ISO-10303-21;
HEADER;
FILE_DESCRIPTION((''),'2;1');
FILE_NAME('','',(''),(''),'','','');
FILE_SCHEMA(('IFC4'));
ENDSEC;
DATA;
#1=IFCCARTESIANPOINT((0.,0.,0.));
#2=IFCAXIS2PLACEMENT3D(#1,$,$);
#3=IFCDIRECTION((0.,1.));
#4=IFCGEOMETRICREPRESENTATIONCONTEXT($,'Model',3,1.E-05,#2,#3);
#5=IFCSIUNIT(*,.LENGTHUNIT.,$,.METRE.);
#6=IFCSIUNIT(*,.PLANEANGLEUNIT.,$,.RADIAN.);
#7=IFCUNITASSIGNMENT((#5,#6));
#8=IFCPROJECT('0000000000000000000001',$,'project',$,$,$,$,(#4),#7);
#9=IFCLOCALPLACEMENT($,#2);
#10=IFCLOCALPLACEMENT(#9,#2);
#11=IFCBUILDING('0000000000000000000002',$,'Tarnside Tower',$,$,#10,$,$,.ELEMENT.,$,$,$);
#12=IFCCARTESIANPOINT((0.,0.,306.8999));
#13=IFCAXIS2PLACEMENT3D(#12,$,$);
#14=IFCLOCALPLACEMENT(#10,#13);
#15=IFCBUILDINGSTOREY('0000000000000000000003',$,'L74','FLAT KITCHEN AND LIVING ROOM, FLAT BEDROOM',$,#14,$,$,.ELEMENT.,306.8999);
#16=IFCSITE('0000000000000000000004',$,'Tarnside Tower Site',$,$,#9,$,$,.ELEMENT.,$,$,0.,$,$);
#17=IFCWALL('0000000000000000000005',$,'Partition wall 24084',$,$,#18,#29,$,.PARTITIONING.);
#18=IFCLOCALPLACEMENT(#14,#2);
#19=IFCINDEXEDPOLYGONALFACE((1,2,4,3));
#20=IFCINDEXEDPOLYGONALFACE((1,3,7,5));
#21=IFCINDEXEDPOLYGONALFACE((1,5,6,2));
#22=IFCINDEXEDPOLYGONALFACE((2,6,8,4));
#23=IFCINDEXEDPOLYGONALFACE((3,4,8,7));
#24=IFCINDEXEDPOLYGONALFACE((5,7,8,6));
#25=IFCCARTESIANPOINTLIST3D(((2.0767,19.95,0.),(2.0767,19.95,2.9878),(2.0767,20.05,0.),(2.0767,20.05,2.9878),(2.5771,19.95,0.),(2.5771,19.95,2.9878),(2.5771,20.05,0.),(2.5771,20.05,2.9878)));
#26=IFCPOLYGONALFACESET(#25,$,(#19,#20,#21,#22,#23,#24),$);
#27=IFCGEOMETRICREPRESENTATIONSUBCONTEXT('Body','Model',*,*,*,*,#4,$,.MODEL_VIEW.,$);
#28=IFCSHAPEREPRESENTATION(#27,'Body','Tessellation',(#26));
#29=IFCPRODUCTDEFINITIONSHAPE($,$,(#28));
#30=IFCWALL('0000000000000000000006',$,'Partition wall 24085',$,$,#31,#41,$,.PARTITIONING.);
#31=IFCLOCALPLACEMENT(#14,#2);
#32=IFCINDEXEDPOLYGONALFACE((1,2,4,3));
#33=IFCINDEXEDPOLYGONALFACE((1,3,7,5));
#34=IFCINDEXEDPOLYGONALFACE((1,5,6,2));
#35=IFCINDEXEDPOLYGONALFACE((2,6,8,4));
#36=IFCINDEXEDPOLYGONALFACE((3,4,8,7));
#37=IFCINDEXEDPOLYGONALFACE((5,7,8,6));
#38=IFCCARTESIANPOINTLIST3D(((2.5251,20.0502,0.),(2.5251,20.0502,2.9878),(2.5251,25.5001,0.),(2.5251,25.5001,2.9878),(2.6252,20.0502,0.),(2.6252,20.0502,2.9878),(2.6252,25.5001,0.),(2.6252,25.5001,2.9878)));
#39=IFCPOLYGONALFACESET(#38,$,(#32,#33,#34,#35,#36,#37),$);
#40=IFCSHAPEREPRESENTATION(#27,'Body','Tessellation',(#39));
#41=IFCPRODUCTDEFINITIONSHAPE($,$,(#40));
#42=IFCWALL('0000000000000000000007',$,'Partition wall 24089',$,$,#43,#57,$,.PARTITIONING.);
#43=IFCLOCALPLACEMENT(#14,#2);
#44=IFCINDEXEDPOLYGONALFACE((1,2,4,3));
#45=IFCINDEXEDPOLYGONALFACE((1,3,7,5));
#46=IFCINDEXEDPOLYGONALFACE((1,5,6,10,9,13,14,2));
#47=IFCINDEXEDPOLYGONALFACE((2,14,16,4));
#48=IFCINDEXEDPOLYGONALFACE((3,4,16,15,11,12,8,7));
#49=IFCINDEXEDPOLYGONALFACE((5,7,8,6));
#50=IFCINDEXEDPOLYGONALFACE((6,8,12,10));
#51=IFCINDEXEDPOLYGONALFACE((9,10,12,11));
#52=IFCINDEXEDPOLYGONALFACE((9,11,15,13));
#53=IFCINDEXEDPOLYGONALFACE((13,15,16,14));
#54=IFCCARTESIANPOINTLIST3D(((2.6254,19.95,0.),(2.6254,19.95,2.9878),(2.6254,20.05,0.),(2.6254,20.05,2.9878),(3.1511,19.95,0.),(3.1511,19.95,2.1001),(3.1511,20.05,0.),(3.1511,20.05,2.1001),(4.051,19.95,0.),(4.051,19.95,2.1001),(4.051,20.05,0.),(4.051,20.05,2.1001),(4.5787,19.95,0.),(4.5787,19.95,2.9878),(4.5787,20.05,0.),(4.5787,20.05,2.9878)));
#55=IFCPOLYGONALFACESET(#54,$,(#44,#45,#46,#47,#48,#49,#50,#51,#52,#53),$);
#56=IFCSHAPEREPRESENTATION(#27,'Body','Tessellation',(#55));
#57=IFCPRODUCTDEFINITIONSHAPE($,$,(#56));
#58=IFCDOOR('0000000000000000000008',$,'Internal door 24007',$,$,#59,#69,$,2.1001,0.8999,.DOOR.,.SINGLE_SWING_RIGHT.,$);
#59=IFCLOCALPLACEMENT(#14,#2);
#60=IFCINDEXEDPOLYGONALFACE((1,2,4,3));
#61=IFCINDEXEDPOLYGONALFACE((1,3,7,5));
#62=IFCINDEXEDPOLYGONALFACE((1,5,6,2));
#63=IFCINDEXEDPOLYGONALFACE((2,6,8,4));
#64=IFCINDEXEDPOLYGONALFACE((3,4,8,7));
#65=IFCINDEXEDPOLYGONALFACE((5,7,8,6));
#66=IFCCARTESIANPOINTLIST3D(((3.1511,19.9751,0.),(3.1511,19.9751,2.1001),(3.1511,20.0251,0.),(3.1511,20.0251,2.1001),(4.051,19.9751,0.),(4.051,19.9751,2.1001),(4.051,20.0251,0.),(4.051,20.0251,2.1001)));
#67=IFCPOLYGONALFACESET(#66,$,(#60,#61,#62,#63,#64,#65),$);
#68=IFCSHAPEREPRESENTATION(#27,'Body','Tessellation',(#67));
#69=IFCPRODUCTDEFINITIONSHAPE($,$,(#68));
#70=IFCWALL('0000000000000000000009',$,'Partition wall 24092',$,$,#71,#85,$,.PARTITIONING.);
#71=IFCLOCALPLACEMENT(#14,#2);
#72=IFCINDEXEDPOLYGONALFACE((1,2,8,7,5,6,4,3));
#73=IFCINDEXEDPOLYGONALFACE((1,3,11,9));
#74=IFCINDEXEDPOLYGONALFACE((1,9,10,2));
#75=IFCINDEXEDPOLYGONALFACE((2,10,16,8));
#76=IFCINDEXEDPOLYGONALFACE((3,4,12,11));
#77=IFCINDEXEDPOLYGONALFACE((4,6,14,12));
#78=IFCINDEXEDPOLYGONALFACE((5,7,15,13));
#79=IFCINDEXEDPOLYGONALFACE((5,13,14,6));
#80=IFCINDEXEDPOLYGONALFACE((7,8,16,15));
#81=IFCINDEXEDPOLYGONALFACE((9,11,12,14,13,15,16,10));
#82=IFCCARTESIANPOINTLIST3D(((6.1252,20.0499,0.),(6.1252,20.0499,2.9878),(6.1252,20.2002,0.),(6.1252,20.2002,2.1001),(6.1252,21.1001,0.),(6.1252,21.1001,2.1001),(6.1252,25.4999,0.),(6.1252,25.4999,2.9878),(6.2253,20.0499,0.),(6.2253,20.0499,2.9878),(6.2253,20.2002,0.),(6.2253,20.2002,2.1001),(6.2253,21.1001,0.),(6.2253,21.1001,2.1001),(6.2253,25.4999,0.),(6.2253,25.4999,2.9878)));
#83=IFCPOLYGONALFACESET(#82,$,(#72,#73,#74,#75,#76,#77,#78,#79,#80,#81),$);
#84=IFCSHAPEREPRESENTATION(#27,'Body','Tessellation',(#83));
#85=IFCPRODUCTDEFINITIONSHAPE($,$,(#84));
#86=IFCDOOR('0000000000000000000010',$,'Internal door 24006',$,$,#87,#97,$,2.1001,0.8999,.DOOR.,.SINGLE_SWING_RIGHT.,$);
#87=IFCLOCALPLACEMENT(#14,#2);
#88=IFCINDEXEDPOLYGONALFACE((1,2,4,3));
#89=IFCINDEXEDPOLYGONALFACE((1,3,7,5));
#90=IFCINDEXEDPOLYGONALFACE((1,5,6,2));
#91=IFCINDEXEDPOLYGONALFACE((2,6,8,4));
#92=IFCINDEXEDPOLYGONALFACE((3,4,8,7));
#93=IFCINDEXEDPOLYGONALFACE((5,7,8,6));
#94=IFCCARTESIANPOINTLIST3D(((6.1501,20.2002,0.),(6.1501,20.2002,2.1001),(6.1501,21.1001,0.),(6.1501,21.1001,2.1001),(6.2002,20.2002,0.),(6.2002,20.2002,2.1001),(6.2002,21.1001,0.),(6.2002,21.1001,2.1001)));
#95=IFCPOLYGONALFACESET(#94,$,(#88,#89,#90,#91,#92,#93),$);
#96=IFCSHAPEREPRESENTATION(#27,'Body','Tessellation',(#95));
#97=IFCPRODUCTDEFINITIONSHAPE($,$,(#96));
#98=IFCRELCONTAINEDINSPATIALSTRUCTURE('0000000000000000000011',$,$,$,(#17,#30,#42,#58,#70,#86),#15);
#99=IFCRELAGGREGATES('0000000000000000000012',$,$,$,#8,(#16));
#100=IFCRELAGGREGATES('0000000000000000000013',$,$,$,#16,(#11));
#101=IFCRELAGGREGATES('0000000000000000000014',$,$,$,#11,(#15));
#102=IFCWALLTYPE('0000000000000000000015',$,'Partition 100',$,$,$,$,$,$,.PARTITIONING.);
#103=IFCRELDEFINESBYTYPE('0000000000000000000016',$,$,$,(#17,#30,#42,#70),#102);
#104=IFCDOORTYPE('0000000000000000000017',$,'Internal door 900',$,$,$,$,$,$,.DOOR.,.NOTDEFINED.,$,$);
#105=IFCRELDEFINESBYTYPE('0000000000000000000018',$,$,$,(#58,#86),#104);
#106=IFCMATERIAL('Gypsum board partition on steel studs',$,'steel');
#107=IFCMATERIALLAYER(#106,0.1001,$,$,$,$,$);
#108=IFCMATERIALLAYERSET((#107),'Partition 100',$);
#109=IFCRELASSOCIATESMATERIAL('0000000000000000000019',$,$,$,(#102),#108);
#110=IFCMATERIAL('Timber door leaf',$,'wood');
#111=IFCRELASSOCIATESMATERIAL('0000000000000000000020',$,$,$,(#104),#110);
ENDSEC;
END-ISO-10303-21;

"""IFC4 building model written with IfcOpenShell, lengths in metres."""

from ifc_helpers import new_model, si_unit, direction, frame, frame_2d, origin, place, context, subcontext, project, spatial, rectangle, extrude, material, layer, layer_set, type_object, element, fill, save


model = new_model("IFC4")

# Units and contexts
model_context = context("Model", 3, precision=1e-05, world=origin(), true_north=direction((0.0, 1.0)))
body_context = subcontext(model_context, "Body", "Model", "MODEL_VIEW")
ifc_project = project(units=[si_unit("LENGTHUNIT", "METRE"), si_unit("PLANEANGLEUNIT", "RADIAN")], contexts=[model_context])

# Site, building, storey
site_placement = place(None, origin())
site = spatial("IfcSite", under=ifc_project, at=site_placement, Name="Tarnside Tower Site", CompositionType="ELEMENT", RefElevation=0.0)
building_placement = place(site_placement, origin())
building = spatial("IfcBuilding", under=site, at=building_placement, Name="Tarnside Tower", CompositionType="ELEMENT")
storey_placement = place(building_placement, frame((0.0, 0.0, 306.8999)))
storey = spatial("IfcBuildingStorey", under=building, at=storey_placement, Name="L74", Description="FLAT KITCHEN AND LIVING ROOM, FLAT BEDROOM", CompositionType="ELEMENT", Elevation=306.8999)

# Shared definitions
ifc_material_1 = material(Name="Gypsum board partition on steel studs", Category="steel")
ifc_material_2 = material(Name="Timber door leaf", Category="wood")

# Shared definitions
ifc_layer_1 = layer(ifc_material_1, 0.1001)
ifc_layer_set_1 = layer_set([ifc_layer_1], Name="Partition 100")
wall_type_1 = type_object("IfcWallType", Name="Partition 100", PredefinedType="PARTITIONING", material=ifc_layer_set_1)
door_type_1 = type_object("IfcDoorType", Name="Internal door 900", OperationType="NOTDEFINED", PredefinedType="DOOR", material=ifc_material_2)

# Walls
wall_1_placement = place(storey_placement, frame((2.0767, 20.0, 0.0), z_axis=(0.0, 0.0, 1.0), x_axis=(1.0, 0.0, 0.0)))
element("IfcWall", 1, at=wall_1_placement, inside=storey, type_object=wall_type_1, Name="Partition wall 24084", PredefinedType="PARTITIONING", context=body_context, shape_type="SweptSolid", body=[
    extrude(rectangle(XDim=0.5005, YDim=0.1001, at=frame_2d((0.2502, 0.0))), origin(), (0.0, 0.0, 1.0), 2.9878),
])
wall_2_placement = place(storey_placement, frame((2.5752, 20.05, 0.0), z_axis=(0.0, 0.0, 1.0), x_axis=(0.0, 1.0, 0.0)))
element("IfcWall", 2, at=wall_2_placement, inside=storey, type_object=wall_type_1, Name="Partition wall 24085", PredefinedType="PARTITIONING", context=body_context, shape_type="SweptSolid", body=[
    extrude(rectangle(XDim=5.45, YDim=0.1001, at=frame_2d((2.7251, 0.0))), origin(), (0.0, 0.0, 1.0), 2.9878),
])

# Walls, openings, doors
wall_3_placement = place(storey_placement, frame((4.5786, 20.0, 0.0), z_axis=(0.0, 0.0, 1.0), x_axis=(-1.0, 0.0, 0.0)))
wall_3 = element("IfcWall", 3, at=wall_3_placement, inside=storey, type_object=wall_type_1, Name="Partition wall 24089", PredefinedType="PARTITIONING", context=body_context, shape_type="SweptSolid", body=[
    extrude(rectangle(XDim=1.9534, YDim=0.1001, at=frame_2d((0.9766, 0.0))), origin(), (0.0, 0.0, 1.0), 2.9878),
])
opening_1_placement = place(wall_3_placement, frame((0.5276, 0.0, 0.0)))
opening_1 = element("IfcOpeningElement", 4, at=opening_1_placement, cuts=wall_3, PredefinedType="OPENING", context=body_context, shape_type="SweptSolid", body=[
    extrude(rectangle(XDim=0.8999, YDim=2.1001, at=frame_2d((0.45, 1.05))), frame((0.0, 0.0601, 0.0), z_axis=(0.0, -1.0, 0.0), x_axis=(1.0, 0.0, 0.0)), (0.0, 0.0, 1.0), 0.1201),
])
door_1_placement = place(opening_1_placement, origin())
door_1 = element("IfcDoor", 5, at=door_1_placement, inside=storey, type_object=door_type_1, Name="Internal door 24007", OperationType="SINGLE_SWING_RIGHT", OverallHeight=2.1001, OverallWidth=0.8999, PredefinedType="DOOR", context=body_context, shape_type="SweptSolid", body=[
    extrude(rectangle(XDim=0.8999, YDim=2.1001, at=frame_2d((0.45, 1.05))), frame((0.0, 0.0249, 0.0), z_axis=(0.0, -1.0, 0.0), x_axis=(1.0, 0.0, 0.0)), (0.0, 0.0, 1.0), 0.05),
])
fill(opening_1, door_1)
wall_4_placement = place(storey_placement, frame((6.1753, 25.5, 0.0), z_axis=(0.0, 0.0, 1.0), x_axis=(0.0, -1.0, 0.0)))
wall_4 = element("IfcWall", 6, at=wall_4_placement, inside=storey, type_object=wall_type_1, Name="Partition wall 24092", PredefinedType="PARTITIONING", context=body_context, shape_type="SweptSolid", body=[
    extrude(rectangle(XDim=5.45, YDim=0.1001, at=frame_2d((2.7251, 0.0))), origin(), (0.0, 0.0, 1.0), 2.9878),
])
opening_2_placement = place(wall_4_placement, frame((4.3999, 0.0, 0.0)))
opening_2 = element("IfcOpeningElement", 7, at=opening_2_placement, cuts=wall_4, PredefinedType="OPENING", context=body_context, shape_type="SweptSolid", body=[
    extrude(rectangle(XDim=0.8999, YDim=2.1001, at=frame_2d((0.45, 1.05))), frame((0.0, 0.0601, 0.0), z_axis=(0.0, -1.0, 0.0), x_axis=(1.0, 0.0, 0.0)), (0.0, 0.0, 1.0), 0.1201),
])
door_2_placement = place(opening_2_placement, origin())
door_2 = element("IfcDoor", 8, at=door_2_placement, inside=storey, type_object=door_type_1, Name="Internal door 24006", OperationType="SINGLE_SWING_RIGHT", OverallHeight=2.1001, OverallWidth=0.8999, PredefinedType="DOOR", context=body_context, shape_type="SweptSolid", body=[
    extrude(rectangle(XDim=0.8999, YDim=2.1001, at=frame_2d((0.45, 1.05))), frame((0.0, 0.0249, 0.0), z_axis=(0.0, -1.0, 0.0), x_axis=(1.0, 0.0, 0.0)), (0.0, 0.0, 1.0), 0.05),
])
fill(opening_2, door_2)

save(model, "model.ifc")
